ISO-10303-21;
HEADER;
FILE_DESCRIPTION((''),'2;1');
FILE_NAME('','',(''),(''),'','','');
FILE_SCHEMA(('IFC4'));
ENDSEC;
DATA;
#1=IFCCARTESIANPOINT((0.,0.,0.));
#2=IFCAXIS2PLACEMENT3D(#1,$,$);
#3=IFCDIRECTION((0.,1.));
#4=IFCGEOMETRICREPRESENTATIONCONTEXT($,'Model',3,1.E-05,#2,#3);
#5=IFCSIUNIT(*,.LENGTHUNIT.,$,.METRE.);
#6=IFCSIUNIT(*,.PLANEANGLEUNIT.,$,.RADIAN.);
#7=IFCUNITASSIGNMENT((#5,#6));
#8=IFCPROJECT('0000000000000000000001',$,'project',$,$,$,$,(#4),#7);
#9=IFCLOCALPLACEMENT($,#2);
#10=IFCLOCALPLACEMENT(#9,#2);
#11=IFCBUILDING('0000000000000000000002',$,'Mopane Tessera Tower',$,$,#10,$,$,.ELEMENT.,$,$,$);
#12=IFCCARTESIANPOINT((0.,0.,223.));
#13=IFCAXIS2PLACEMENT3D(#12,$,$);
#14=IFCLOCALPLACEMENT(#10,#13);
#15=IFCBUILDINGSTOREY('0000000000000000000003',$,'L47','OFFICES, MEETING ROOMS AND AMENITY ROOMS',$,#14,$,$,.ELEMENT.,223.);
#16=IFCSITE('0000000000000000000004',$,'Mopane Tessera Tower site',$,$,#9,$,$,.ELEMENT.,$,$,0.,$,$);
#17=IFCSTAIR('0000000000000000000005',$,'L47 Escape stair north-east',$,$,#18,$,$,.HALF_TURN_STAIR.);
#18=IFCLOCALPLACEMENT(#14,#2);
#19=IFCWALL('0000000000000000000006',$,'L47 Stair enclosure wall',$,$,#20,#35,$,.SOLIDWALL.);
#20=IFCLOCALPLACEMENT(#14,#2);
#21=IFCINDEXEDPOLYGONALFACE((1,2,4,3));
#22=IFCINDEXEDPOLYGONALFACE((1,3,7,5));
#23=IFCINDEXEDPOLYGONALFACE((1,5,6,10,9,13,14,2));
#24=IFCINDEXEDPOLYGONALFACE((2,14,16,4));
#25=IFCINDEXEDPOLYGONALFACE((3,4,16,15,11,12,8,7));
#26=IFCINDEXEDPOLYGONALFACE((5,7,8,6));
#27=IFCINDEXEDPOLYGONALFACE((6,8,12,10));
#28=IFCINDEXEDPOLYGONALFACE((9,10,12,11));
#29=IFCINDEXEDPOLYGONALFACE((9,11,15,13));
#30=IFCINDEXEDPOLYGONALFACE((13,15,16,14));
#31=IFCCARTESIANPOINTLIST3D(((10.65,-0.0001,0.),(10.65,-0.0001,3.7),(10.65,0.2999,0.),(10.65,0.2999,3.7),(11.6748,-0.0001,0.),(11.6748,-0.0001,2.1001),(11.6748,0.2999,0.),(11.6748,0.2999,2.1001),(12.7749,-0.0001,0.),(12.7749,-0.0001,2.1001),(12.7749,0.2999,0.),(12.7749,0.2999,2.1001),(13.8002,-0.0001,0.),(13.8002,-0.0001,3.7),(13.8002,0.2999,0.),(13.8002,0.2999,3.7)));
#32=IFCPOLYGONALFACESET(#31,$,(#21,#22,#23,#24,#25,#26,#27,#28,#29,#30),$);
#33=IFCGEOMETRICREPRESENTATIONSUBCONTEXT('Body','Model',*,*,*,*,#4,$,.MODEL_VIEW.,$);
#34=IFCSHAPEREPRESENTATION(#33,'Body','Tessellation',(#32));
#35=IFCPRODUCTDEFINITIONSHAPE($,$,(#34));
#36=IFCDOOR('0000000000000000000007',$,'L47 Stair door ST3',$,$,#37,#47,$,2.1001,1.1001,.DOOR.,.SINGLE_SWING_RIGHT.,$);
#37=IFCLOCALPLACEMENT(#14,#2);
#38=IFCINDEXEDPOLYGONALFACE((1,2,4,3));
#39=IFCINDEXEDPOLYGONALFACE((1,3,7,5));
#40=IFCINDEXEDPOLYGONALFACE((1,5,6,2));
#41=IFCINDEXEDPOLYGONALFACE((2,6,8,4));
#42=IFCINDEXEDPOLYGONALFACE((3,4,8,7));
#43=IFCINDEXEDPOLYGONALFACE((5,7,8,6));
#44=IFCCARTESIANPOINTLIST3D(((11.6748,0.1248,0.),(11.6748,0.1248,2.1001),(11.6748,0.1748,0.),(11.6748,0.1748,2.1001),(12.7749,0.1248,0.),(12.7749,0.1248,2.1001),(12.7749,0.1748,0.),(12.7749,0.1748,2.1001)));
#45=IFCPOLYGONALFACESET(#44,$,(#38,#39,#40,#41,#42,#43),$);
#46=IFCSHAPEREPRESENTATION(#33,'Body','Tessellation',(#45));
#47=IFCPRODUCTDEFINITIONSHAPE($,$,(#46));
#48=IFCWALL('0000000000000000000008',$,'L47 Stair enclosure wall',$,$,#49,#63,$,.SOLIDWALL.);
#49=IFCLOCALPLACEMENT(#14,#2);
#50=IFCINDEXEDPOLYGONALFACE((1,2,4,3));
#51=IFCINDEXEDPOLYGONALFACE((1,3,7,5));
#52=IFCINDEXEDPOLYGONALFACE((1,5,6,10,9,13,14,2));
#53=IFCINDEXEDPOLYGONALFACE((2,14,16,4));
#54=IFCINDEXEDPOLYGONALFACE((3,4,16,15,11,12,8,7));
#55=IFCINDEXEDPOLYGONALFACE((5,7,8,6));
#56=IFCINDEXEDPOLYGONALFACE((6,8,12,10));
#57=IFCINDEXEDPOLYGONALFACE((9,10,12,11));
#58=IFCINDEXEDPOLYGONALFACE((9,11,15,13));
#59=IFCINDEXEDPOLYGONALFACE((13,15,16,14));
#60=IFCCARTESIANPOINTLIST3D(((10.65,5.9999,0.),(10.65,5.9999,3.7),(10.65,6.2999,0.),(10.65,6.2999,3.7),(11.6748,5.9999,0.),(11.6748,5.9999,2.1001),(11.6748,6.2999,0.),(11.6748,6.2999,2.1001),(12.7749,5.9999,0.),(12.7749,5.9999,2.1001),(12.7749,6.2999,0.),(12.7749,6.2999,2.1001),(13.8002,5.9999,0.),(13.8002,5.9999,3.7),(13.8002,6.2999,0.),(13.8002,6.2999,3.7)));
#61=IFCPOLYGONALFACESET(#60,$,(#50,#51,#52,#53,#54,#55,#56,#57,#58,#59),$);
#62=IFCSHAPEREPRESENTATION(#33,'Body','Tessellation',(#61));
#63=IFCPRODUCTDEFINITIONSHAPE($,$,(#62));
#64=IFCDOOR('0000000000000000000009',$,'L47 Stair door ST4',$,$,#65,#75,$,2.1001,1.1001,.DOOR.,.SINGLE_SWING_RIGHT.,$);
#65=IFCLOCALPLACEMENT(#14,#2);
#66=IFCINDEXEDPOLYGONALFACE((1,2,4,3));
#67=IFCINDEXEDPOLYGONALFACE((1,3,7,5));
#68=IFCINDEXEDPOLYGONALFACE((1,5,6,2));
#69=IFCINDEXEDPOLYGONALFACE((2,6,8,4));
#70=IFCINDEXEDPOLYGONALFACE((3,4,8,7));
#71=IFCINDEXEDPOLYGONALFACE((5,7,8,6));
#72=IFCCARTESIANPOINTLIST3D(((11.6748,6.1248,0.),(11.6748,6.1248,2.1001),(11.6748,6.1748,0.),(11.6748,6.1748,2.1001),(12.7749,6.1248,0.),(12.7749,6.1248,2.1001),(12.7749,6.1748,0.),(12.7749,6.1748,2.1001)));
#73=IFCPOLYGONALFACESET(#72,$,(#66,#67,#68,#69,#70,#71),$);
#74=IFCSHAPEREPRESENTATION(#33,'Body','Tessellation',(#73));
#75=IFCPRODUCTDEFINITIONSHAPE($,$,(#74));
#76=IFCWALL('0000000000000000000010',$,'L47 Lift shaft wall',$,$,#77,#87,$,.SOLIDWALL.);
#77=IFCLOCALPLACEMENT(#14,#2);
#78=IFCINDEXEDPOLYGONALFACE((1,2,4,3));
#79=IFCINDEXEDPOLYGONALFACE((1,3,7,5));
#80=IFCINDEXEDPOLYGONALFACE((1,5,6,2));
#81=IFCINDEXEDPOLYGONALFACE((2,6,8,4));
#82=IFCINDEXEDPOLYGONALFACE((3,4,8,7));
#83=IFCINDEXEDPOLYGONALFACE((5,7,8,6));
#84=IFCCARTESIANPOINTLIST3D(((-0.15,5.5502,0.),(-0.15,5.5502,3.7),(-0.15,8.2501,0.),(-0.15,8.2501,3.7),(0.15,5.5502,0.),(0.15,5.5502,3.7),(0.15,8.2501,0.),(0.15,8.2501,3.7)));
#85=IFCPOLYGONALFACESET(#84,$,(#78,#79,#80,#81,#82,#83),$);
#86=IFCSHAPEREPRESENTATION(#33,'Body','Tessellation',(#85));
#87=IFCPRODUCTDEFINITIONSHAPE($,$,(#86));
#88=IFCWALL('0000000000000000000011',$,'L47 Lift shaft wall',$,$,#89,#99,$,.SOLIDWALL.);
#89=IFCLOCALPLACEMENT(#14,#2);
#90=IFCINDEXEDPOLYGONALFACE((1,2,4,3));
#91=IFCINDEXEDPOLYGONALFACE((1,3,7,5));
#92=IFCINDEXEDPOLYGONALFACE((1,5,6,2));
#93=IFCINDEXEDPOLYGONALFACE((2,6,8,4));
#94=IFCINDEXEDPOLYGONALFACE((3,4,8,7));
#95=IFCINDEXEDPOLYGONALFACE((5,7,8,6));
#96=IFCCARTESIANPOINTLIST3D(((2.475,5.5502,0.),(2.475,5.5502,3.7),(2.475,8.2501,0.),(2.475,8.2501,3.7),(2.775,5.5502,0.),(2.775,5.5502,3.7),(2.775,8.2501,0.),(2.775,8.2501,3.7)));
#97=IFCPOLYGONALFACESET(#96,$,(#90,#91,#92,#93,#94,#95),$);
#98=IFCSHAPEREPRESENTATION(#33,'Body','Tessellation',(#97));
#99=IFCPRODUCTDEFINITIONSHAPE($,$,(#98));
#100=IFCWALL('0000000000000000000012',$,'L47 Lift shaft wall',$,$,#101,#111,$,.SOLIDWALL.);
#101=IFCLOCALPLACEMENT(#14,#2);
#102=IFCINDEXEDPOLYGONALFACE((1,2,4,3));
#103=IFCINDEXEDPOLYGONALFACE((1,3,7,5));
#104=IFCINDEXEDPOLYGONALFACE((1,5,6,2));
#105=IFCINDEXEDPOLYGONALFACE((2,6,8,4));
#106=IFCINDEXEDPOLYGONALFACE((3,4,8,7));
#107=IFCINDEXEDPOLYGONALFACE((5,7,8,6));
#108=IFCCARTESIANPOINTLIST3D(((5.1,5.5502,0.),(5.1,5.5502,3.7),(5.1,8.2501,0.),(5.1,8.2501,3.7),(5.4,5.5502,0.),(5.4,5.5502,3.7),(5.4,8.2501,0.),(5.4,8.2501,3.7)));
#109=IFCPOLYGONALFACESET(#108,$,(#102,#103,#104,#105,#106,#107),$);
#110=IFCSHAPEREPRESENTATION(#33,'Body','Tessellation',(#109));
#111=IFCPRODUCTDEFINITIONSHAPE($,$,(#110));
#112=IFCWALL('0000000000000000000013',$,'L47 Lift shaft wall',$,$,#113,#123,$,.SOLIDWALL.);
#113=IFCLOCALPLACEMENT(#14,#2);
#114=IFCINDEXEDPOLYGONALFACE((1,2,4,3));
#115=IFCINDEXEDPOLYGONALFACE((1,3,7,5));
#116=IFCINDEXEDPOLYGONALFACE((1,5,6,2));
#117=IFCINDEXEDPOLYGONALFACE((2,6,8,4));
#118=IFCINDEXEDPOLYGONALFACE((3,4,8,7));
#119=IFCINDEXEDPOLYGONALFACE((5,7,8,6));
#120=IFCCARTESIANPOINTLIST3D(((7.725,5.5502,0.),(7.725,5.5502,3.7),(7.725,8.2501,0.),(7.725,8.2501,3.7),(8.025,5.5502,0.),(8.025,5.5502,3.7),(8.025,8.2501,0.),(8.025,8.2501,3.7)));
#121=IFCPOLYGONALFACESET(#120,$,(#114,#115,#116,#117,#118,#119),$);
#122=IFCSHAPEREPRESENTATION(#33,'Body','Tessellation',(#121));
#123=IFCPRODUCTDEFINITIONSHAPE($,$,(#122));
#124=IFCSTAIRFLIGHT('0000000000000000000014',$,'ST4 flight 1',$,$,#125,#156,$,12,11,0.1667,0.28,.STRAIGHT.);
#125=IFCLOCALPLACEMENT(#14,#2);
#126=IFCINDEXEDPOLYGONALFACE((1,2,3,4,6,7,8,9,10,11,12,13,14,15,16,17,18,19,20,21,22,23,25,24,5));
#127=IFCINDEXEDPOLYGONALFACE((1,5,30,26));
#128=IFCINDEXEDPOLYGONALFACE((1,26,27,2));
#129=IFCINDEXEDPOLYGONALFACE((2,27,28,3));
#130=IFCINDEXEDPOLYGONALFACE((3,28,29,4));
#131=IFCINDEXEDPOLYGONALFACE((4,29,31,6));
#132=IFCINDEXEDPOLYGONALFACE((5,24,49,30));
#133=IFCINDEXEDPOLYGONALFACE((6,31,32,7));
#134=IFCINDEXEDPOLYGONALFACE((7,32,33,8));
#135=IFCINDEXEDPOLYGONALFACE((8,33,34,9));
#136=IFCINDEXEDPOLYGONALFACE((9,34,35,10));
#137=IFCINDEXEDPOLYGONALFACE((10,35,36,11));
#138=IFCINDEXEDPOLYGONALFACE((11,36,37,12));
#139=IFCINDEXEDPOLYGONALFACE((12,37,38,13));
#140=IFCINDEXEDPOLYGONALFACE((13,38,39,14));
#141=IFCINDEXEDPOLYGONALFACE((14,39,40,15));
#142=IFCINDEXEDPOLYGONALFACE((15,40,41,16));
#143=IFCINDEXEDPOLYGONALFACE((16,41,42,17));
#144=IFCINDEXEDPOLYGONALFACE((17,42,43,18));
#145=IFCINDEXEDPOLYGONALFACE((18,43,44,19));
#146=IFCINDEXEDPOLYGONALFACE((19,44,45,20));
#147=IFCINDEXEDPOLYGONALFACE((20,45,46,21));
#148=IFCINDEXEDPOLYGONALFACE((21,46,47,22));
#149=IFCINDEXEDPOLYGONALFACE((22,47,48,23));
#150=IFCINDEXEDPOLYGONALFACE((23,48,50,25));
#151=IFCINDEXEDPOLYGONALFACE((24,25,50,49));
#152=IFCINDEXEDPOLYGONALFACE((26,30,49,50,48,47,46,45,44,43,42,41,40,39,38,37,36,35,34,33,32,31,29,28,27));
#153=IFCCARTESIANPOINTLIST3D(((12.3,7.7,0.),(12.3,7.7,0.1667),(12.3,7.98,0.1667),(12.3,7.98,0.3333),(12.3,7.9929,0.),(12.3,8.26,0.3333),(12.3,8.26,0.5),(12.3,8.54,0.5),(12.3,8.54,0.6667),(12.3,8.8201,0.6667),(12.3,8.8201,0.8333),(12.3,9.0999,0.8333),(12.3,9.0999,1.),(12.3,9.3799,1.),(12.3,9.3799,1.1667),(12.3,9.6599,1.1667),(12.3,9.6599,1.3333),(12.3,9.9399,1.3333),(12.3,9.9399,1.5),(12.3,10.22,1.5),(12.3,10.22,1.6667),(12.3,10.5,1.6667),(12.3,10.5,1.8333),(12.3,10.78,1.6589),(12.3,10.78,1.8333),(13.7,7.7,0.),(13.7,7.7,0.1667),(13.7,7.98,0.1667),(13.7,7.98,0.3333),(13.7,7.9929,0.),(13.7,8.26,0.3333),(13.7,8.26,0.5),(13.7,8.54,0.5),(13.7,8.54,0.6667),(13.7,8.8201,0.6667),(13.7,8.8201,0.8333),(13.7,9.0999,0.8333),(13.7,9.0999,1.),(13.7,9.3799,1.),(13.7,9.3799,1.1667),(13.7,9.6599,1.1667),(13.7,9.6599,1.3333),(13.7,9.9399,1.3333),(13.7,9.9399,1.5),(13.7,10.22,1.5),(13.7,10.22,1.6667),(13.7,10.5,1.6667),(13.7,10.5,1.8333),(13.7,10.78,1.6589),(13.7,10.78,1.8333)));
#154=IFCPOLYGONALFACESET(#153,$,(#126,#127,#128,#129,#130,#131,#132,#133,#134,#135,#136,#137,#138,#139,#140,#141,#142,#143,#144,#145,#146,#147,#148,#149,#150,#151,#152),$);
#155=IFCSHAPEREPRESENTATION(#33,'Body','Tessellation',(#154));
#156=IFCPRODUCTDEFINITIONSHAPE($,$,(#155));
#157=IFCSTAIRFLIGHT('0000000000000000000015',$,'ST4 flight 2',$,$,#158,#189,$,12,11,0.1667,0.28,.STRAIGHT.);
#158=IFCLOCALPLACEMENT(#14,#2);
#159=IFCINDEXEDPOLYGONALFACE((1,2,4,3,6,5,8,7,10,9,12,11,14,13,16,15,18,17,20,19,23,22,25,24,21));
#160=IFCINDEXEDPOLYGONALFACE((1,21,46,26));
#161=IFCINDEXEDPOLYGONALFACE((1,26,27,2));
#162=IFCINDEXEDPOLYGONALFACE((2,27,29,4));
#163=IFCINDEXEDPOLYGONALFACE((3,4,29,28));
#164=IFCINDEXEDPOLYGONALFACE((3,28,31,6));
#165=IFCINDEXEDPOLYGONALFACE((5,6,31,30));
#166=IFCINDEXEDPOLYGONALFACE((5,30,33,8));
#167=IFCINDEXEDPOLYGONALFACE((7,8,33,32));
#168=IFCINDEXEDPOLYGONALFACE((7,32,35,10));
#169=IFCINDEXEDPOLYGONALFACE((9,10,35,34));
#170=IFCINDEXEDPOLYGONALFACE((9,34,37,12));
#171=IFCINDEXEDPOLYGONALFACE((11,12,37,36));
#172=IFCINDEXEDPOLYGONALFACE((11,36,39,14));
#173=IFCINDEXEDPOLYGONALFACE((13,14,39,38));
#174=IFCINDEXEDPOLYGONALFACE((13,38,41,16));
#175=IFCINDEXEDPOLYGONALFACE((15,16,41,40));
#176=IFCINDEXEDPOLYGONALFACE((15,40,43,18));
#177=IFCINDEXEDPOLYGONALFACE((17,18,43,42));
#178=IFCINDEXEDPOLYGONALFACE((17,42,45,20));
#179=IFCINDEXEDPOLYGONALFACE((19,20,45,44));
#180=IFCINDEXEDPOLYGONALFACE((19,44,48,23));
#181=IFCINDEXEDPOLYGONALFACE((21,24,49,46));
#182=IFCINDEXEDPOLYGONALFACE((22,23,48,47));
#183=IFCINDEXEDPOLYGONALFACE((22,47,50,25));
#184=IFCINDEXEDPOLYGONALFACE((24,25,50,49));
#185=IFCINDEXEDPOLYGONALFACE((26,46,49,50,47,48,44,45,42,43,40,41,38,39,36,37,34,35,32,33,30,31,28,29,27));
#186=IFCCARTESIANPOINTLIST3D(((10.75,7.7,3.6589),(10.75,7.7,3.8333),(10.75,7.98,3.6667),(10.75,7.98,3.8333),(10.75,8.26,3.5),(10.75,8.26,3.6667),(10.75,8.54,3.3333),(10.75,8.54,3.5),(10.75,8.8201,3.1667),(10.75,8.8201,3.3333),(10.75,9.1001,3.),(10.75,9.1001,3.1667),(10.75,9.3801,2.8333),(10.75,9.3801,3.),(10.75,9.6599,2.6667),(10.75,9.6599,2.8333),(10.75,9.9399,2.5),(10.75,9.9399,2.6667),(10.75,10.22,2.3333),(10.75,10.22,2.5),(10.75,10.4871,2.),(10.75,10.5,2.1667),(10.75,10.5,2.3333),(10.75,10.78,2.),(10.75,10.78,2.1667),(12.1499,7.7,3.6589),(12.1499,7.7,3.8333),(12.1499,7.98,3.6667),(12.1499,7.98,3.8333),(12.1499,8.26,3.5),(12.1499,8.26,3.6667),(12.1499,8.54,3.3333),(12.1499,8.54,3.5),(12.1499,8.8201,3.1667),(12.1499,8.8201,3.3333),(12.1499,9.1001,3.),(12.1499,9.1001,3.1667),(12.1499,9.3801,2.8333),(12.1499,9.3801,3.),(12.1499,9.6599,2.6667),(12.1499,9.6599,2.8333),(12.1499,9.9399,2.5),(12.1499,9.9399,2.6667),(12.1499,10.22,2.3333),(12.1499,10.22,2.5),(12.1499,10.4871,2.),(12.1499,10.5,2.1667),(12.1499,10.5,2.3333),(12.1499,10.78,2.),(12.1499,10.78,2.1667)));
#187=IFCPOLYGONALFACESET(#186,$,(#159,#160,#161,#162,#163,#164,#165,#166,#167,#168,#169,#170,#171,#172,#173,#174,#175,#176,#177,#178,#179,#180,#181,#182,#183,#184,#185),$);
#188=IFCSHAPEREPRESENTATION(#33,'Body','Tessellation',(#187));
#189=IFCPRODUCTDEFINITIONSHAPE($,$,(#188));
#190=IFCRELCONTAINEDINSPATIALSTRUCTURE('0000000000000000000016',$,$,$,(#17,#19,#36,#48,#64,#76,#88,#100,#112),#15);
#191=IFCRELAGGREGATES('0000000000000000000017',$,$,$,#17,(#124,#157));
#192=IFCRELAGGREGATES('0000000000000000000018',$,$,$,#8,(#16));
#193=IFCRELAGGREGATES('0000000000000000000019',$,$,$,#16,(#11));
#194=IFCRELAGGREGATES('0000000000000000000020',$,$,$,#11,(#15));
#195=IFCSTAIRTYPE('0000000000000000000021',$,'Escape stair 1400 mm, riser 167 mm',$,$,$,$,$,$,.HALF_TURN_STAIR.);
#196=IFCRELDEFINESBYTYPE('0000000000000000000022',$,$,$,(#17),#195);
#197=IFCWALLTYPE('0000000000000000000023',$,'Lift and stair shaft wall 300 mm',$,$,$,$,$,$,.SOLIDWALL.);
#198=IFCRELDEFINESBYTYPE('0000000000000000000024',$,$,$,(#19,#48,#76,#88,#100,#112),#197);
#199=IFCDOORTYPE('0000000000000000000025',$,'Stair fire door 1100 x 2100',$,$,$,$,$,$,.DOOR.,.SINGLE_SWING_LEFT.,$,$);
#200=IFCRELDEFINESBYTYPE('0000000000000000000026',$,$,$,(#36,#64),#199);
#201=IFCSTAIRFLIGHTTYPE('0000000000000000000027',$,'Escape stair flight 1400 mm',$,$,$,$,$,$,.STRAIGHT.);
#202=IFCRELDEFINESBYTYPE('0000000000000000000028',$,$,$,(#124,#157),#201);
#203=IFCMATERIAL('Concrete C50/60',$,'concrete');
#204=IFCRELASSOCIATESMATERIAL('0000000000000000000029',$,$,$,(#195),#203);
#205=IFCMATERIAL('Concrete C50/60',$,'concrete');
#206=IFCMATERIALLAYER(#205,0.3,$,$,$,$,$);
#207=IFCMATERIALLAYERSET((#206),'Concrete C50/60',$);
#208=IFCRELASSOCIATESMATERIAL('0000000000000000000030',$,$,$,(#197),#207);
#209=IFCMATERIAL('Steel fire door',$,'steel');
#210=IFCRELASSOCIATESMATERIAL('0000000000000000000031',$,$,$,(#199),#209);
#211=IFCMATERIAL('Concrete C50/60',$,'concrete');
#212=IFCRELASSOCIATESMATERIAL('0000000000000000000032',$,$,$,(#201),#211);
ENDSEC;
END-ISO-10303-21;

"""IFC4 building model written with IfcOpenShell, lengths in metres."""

from ifc_helpers import new_model, si_unit, direction, frame, frame_2d, origin, place, context, subcontext, project, spatial, polyline, rectangle, outline, extrude, material, layer, layer_set, type_object, element, fill, aggregate, save


model = new_model("IFC4")

# Units and contexts
model_context = context("Model", 3, precision=1e-05, world=origin(), true_north=direction((0.0, 1.0)))
body_context = subcontext(model_context, "Body", "Model", "MODEL_VIEW")
ifc_project = project(units=[si_unit("LENGTHUNIT", "METRE"), si_unit("PLANEANGLEUNIT", "RADIAN")], contexts=[model_context])

# Site, building, storey
site_placement = place(None, origin())
site = spatial("IfcSite", under=ifc_project, at=site_placement, Name="Mopane Tessera Tower site", CompositionType="ELEMENT", RefElevation=0.0)
building_placement = place(site_placement, origin())
building = spatial("IfcBuilding", under=site, at=building_placement, Name="Mopane Tessera Tower", CompositionType="ELEMENT")
storey_placement = place(building_placement, frame((0.0, 0.0, 223.0)))
storey = spatial("IfcBuildingStorey", under=building, at=storey_placement, Name="L47", Description="OFFICES, MEETING ROOMS AND AMENITY ROOMS", CompositionType="ELEMENT", Elevation=223.0)

# Stair
ifc_material_1 = material(Name="Concrete C50/60", Category="concrete")
stair_type = type_object("IfcStairType", Name="Escape stair 1400 mm, riser 167 mm", PredefinedType="HALF_TURN_STAIR", material=ifc_material_1)
stair_1_placement = place(storey_placement, origin())
stair_1 = element("IfcStair", 1, at=stair_1_placement, inside=storey, type_object=stair_type, Name="L47 Escape stair north-east", PredefinedType="HALF_TURN_STAIR")

# Walls, openings, doors
ifc_material_2 = material(Name="Concrete C50/60", Category="concrete")
ifc_layer_1 = layer(ifc_material_2, 0.3)
ifc_layer_set_1 = layer_set([ifc_layer_1], Name="Concrete C50/60")
wall_type_1 = type_object("IfcWallType", Name="Lift and stair shaft wall 300 mm", PredefinedType="SOLIDWALL", material=ifc_layer_set_1)
wall_1_placement = place(storey_placement, frame((10.6499, 0.1499, 0.0), z_axis=(0.0, 0.0, 1.0), x_axis=(1.0, 0.0, 0.0)))
wall_1 = element("IfcWall", 2, at=wall_1_placement, inside=storey, type_object=wall_type_1, Name="L47 Stair enclosure wall", PredefinedType="SOLIDWALL", context=body_context, shape_type="SweptSolid", body=[
    extrude(rectangle(XDim=3.1501, YDim=0.3, at=frame_2d((1.5752, 0.0))), origin(), (0.0, 0.0, 1.0), 3.7),
])
opening_1_placement = place(wall_1_placement, frame((1.0249, 0.0, 0.0)))
opening_1 = element("IfcOpeningElement", 3, at=opening_1_placement, cuts=wall_1, PredefinedType="OPENING", context=body_context, shape_type="SweptSolid", body=[
    extrude(rectangle(XDim=1.1001, YDim=2.1001, at=frame_2d((0.55, 1.05))), frame((0.0, 0.1621, 0.0), z_axis=(0.0, -1.0, 0.0), x_axis=(1.0, 0.0, 0.0)), (0.0, 0.0, 1.0), 0.324),
])
ifc_material_3 = material(Name="Steel fire door", Category="steel")
door_type = type_object("IfcDoorType", Name="Stair fire door 1100 x 2100", OperationType="SINGLE_SWING_LEFT", PredefinedType="DOOR", material=ifc_material_3)
door_1_placement = place(opening_1_placement, origin())
door_1 = element("IfcDoor", 4, at=door_1_placement, inside=storey, type_object=door_type, Name="L47 Stair door ST3", OperationType="SINGLE_SWING_RIGHT", OverallHeight=2.1001, OverallWidth=1.1001, PredefinedType="DOOR", context=body_context, shape_type="SweptSolid", body=[
    extrude(rectangle(XDim=1.1001, YDim=2.1001, at=frame_2d((0.55, 1.05))), frame((0.0, 0.0249, 0.0), z_axis=(0.0, -1.0, 0.0), x_axis=(1.0, 0.0, 0.0)), (0.0, 0.0, 1.0), 0.05),
])
fill(opening_1, door_1)
wall_2_placement = place(storey_placement, frame((10.6499, 6.1499, 0.0), z_axis=(0.0, 0.0, 1.0), x_axis=(1.0, 0.0, 0.0)))
wall_2 = element("IfcWall", 5, at=wall_2_placement, inside=storey, type_object=wall_type_1, Name="L47 Stair enclosure wall", PredefinedType="SOLIDWALL", context=body_context, shape_type="SweptSolid", body=[
    extrude(rectangle(XDim=3.1501, YDim=0.3, at=frame_2d((1.5752, 0.0))), origin(), (0.0, 0.0, 1.0), 3.7),
])
opening_2_placement = place(wall_2_placement, frame((1.0249, 0.0, 0.0)))
opening_2 = element("IfcOpeningElement", 6, at=opening_2_placement, cuts=wall_2, PredefinedType="OPENING", context=body_context, shape_type="SweptSolid", body=[
    extrude(rectangle(XDim=1.1001, YDim=2.1001, at=frame_2d((0.55, 1.05))), frame((0.0, 0.1621, 0.0), z_axis=(0.0, -1.0, 0.0), x_axis=(1.0, 0.0, 0.0)), (0.0, 0.0, 1.0), 0.324),
])
door_2_placement = place(opening_2_placement, origin())
door_2 = element("IfcDoor", 7, at=door_2_placement, inside=storey, type_object=door_type, Name="L47 Stair door ST4", OperationType="SINGLE_SWING_RIGHT", OverallHeight=2.1001, OverallWidth=1.1001, PredefinedType="DOOR", context=body_context, shape_type="SweptSolid", body=[
    extrude(rectangle(XDim=1.1001, YDim=2.1001, at=frame_2d((0.55, 1.05))), frame((0.0, 0.0249, 0.0), z_axis=(0.0, -1.0, 0.0), x_axis=(1.0, 0.0, 0.0)), (0.0, 0.0, 1.0), 0.05),
])
fill(opening_2, door_2)

# Walls
for number, where, z_axis, x_axis, name in (
    (8, (0.0, 5.55, 0.0), (0.0, 0.0, 1.0), (0.0, 1.0, 0.0), "L47 Lift shaft wall"),
    (9, (2.625, 5.55, 0.0), (0.0, 0.0, 1.0), (0.0, 1.0, 0.0), "L47 Lift shaft wall"),
    (10, (5.25, 5.55, 0.0), (0.0, 0.0, 1.0), (0.0, 1.0, 0.0), "L47 Lift shaft wall"),
    (11, (7.875, 5.55, 0.0), (0.0, 0.0, 1.0), (0.0, 1.0, 0.0), "L47 Lift shaft wall"),
):
    element("IfcWall", number, at=place(storey_placement, frame(where, z_axis=z_axis, x_axis=x_axis)), inside=storey, type_object=wall_type_1, Name=name, PredefinedType="SOLIDWALL", context=body_context, shape_type="SweptSolid", body=[
        extrude(rectangle(XDim=2.7, YDim=0.3, at=frame_2d((1.3501, 0.0))), origin(), (0.0, 0.0, 1.0), 3.7),
    ])

# Stair flights
ifc_material_4 = material(Name="Concrete C50/60", Category="concrete")
stair_flight_type = type_object("IfcStairFlightType", Name="Escape stair flight 1400 mm", PredefinedType="STRAIGHT", material=ifc_material_4)
stair_flight_1_placement = place(storey_placement, frame((13.0, 7.7, 0.0), z_axis=(0.0, 0.0, 1.0), x_axis=(0.0, 1.0, 0.0)))
stair_flight_1 = element("IfcStairFlight", 12, at=stair_flight_1_placement, type_object=stair_flight_type, Name="ST4 flight 1", NumberOfRisers=12, NumberOfTreads=11, PredefinedType="STRAIGHT", RiserHeight=0.1667, TreadLength=0.28, context=body_context, shape_type="SweptSolid", body=[
    extrude(outline(polyline([(0.0, 0.0), (0.0, 0.1667), (0.28, 0.1667), (0.28, 0.3333), (0.5601, 0.3333), (0.5601, 0.5), (0.8401, 0.5), (0.8401, 0.6667), (1.1201, 0.6667), (1.1201, 0.8333), (1.3999, 0.8333), (1.3999, 1.0), (1.6799, 1.0), (1.6799, 1.1667), (1.96, 1.1667), (1.96, 1.3333), (2.24, 1.3333), (2.24, 1.5), (2.52, 1.5), (2.52, 1.6667), (2.8, 1.6667), (2.8, 1.8333), (3.0801, 1.8333), (3.0801, 2.0), (3.0801, 1.6589), (0.293, 0.0), (0.0, 0.0)])), frame((0.0, 0.7, 0.0), z_axis=(0.0, -1.0, 0.0), x_axis=(1.0, 0.0, 0.0)), (0.0, 0.0, 1.0), 1.3999),
])
stair_flight_2_placement = place(storey_placement, frame((11.45, 10.78, 2.0), z_axis=(0.0, 0.0, 1.0), x_axis=(0.0, -1.0, 0.0)))
stair_flight_2 = element("IfcStairFlight", 13, at=stair_flight_2_placement, type_object=stair_flight_type, Name="ST4 flight 2", NumberOfRisers=12, NumberOfTreads=11, PredefinedType="STRAIGHT", RiserHeight=0.1667, TreadLength=0.28, context=body_context, shape_type="SweptSolid", body=[
    extrude(outline(polyline([(0.0, 0.0), (0.0, 0.1667), (0.28, 0.1667), (0.28, 0.3333), (0.5601, 0.3333), (0.5601, 0.5), (0.8401, 0.5), (0.8401, 0.6667), (1.1201, 0.6667), (1.1201, 0.8333), (1.3999, 0.8333), (1.3999, 1.0), (1.6799, 1.0), (1.6799, 1.1667), (1.96, 1.1667), (1.96, 1.3333), (2.24, 1.3333), (2.24, 1.5), (2.52, 1.5), (2.52, 1.6667), (2.8, 1.6667), (2.8, 1.8333), (3.0801, 1.8333), (3.0801, 2.0), (3.0801, 1.6589), (0.293, 0.0), (0.0, 0.0)])), frame((0.0, 0.7, 0.0), z_axis=(0.0, -1.0, 0.0), x_axis=(1.0, 0.0, 0.0)), (0.0, 0.0, 1.0), 1.3999),
])
aggregate(stair_1, [stair_flight_1, stair_flight_2])

save(model, "model.ifc")
